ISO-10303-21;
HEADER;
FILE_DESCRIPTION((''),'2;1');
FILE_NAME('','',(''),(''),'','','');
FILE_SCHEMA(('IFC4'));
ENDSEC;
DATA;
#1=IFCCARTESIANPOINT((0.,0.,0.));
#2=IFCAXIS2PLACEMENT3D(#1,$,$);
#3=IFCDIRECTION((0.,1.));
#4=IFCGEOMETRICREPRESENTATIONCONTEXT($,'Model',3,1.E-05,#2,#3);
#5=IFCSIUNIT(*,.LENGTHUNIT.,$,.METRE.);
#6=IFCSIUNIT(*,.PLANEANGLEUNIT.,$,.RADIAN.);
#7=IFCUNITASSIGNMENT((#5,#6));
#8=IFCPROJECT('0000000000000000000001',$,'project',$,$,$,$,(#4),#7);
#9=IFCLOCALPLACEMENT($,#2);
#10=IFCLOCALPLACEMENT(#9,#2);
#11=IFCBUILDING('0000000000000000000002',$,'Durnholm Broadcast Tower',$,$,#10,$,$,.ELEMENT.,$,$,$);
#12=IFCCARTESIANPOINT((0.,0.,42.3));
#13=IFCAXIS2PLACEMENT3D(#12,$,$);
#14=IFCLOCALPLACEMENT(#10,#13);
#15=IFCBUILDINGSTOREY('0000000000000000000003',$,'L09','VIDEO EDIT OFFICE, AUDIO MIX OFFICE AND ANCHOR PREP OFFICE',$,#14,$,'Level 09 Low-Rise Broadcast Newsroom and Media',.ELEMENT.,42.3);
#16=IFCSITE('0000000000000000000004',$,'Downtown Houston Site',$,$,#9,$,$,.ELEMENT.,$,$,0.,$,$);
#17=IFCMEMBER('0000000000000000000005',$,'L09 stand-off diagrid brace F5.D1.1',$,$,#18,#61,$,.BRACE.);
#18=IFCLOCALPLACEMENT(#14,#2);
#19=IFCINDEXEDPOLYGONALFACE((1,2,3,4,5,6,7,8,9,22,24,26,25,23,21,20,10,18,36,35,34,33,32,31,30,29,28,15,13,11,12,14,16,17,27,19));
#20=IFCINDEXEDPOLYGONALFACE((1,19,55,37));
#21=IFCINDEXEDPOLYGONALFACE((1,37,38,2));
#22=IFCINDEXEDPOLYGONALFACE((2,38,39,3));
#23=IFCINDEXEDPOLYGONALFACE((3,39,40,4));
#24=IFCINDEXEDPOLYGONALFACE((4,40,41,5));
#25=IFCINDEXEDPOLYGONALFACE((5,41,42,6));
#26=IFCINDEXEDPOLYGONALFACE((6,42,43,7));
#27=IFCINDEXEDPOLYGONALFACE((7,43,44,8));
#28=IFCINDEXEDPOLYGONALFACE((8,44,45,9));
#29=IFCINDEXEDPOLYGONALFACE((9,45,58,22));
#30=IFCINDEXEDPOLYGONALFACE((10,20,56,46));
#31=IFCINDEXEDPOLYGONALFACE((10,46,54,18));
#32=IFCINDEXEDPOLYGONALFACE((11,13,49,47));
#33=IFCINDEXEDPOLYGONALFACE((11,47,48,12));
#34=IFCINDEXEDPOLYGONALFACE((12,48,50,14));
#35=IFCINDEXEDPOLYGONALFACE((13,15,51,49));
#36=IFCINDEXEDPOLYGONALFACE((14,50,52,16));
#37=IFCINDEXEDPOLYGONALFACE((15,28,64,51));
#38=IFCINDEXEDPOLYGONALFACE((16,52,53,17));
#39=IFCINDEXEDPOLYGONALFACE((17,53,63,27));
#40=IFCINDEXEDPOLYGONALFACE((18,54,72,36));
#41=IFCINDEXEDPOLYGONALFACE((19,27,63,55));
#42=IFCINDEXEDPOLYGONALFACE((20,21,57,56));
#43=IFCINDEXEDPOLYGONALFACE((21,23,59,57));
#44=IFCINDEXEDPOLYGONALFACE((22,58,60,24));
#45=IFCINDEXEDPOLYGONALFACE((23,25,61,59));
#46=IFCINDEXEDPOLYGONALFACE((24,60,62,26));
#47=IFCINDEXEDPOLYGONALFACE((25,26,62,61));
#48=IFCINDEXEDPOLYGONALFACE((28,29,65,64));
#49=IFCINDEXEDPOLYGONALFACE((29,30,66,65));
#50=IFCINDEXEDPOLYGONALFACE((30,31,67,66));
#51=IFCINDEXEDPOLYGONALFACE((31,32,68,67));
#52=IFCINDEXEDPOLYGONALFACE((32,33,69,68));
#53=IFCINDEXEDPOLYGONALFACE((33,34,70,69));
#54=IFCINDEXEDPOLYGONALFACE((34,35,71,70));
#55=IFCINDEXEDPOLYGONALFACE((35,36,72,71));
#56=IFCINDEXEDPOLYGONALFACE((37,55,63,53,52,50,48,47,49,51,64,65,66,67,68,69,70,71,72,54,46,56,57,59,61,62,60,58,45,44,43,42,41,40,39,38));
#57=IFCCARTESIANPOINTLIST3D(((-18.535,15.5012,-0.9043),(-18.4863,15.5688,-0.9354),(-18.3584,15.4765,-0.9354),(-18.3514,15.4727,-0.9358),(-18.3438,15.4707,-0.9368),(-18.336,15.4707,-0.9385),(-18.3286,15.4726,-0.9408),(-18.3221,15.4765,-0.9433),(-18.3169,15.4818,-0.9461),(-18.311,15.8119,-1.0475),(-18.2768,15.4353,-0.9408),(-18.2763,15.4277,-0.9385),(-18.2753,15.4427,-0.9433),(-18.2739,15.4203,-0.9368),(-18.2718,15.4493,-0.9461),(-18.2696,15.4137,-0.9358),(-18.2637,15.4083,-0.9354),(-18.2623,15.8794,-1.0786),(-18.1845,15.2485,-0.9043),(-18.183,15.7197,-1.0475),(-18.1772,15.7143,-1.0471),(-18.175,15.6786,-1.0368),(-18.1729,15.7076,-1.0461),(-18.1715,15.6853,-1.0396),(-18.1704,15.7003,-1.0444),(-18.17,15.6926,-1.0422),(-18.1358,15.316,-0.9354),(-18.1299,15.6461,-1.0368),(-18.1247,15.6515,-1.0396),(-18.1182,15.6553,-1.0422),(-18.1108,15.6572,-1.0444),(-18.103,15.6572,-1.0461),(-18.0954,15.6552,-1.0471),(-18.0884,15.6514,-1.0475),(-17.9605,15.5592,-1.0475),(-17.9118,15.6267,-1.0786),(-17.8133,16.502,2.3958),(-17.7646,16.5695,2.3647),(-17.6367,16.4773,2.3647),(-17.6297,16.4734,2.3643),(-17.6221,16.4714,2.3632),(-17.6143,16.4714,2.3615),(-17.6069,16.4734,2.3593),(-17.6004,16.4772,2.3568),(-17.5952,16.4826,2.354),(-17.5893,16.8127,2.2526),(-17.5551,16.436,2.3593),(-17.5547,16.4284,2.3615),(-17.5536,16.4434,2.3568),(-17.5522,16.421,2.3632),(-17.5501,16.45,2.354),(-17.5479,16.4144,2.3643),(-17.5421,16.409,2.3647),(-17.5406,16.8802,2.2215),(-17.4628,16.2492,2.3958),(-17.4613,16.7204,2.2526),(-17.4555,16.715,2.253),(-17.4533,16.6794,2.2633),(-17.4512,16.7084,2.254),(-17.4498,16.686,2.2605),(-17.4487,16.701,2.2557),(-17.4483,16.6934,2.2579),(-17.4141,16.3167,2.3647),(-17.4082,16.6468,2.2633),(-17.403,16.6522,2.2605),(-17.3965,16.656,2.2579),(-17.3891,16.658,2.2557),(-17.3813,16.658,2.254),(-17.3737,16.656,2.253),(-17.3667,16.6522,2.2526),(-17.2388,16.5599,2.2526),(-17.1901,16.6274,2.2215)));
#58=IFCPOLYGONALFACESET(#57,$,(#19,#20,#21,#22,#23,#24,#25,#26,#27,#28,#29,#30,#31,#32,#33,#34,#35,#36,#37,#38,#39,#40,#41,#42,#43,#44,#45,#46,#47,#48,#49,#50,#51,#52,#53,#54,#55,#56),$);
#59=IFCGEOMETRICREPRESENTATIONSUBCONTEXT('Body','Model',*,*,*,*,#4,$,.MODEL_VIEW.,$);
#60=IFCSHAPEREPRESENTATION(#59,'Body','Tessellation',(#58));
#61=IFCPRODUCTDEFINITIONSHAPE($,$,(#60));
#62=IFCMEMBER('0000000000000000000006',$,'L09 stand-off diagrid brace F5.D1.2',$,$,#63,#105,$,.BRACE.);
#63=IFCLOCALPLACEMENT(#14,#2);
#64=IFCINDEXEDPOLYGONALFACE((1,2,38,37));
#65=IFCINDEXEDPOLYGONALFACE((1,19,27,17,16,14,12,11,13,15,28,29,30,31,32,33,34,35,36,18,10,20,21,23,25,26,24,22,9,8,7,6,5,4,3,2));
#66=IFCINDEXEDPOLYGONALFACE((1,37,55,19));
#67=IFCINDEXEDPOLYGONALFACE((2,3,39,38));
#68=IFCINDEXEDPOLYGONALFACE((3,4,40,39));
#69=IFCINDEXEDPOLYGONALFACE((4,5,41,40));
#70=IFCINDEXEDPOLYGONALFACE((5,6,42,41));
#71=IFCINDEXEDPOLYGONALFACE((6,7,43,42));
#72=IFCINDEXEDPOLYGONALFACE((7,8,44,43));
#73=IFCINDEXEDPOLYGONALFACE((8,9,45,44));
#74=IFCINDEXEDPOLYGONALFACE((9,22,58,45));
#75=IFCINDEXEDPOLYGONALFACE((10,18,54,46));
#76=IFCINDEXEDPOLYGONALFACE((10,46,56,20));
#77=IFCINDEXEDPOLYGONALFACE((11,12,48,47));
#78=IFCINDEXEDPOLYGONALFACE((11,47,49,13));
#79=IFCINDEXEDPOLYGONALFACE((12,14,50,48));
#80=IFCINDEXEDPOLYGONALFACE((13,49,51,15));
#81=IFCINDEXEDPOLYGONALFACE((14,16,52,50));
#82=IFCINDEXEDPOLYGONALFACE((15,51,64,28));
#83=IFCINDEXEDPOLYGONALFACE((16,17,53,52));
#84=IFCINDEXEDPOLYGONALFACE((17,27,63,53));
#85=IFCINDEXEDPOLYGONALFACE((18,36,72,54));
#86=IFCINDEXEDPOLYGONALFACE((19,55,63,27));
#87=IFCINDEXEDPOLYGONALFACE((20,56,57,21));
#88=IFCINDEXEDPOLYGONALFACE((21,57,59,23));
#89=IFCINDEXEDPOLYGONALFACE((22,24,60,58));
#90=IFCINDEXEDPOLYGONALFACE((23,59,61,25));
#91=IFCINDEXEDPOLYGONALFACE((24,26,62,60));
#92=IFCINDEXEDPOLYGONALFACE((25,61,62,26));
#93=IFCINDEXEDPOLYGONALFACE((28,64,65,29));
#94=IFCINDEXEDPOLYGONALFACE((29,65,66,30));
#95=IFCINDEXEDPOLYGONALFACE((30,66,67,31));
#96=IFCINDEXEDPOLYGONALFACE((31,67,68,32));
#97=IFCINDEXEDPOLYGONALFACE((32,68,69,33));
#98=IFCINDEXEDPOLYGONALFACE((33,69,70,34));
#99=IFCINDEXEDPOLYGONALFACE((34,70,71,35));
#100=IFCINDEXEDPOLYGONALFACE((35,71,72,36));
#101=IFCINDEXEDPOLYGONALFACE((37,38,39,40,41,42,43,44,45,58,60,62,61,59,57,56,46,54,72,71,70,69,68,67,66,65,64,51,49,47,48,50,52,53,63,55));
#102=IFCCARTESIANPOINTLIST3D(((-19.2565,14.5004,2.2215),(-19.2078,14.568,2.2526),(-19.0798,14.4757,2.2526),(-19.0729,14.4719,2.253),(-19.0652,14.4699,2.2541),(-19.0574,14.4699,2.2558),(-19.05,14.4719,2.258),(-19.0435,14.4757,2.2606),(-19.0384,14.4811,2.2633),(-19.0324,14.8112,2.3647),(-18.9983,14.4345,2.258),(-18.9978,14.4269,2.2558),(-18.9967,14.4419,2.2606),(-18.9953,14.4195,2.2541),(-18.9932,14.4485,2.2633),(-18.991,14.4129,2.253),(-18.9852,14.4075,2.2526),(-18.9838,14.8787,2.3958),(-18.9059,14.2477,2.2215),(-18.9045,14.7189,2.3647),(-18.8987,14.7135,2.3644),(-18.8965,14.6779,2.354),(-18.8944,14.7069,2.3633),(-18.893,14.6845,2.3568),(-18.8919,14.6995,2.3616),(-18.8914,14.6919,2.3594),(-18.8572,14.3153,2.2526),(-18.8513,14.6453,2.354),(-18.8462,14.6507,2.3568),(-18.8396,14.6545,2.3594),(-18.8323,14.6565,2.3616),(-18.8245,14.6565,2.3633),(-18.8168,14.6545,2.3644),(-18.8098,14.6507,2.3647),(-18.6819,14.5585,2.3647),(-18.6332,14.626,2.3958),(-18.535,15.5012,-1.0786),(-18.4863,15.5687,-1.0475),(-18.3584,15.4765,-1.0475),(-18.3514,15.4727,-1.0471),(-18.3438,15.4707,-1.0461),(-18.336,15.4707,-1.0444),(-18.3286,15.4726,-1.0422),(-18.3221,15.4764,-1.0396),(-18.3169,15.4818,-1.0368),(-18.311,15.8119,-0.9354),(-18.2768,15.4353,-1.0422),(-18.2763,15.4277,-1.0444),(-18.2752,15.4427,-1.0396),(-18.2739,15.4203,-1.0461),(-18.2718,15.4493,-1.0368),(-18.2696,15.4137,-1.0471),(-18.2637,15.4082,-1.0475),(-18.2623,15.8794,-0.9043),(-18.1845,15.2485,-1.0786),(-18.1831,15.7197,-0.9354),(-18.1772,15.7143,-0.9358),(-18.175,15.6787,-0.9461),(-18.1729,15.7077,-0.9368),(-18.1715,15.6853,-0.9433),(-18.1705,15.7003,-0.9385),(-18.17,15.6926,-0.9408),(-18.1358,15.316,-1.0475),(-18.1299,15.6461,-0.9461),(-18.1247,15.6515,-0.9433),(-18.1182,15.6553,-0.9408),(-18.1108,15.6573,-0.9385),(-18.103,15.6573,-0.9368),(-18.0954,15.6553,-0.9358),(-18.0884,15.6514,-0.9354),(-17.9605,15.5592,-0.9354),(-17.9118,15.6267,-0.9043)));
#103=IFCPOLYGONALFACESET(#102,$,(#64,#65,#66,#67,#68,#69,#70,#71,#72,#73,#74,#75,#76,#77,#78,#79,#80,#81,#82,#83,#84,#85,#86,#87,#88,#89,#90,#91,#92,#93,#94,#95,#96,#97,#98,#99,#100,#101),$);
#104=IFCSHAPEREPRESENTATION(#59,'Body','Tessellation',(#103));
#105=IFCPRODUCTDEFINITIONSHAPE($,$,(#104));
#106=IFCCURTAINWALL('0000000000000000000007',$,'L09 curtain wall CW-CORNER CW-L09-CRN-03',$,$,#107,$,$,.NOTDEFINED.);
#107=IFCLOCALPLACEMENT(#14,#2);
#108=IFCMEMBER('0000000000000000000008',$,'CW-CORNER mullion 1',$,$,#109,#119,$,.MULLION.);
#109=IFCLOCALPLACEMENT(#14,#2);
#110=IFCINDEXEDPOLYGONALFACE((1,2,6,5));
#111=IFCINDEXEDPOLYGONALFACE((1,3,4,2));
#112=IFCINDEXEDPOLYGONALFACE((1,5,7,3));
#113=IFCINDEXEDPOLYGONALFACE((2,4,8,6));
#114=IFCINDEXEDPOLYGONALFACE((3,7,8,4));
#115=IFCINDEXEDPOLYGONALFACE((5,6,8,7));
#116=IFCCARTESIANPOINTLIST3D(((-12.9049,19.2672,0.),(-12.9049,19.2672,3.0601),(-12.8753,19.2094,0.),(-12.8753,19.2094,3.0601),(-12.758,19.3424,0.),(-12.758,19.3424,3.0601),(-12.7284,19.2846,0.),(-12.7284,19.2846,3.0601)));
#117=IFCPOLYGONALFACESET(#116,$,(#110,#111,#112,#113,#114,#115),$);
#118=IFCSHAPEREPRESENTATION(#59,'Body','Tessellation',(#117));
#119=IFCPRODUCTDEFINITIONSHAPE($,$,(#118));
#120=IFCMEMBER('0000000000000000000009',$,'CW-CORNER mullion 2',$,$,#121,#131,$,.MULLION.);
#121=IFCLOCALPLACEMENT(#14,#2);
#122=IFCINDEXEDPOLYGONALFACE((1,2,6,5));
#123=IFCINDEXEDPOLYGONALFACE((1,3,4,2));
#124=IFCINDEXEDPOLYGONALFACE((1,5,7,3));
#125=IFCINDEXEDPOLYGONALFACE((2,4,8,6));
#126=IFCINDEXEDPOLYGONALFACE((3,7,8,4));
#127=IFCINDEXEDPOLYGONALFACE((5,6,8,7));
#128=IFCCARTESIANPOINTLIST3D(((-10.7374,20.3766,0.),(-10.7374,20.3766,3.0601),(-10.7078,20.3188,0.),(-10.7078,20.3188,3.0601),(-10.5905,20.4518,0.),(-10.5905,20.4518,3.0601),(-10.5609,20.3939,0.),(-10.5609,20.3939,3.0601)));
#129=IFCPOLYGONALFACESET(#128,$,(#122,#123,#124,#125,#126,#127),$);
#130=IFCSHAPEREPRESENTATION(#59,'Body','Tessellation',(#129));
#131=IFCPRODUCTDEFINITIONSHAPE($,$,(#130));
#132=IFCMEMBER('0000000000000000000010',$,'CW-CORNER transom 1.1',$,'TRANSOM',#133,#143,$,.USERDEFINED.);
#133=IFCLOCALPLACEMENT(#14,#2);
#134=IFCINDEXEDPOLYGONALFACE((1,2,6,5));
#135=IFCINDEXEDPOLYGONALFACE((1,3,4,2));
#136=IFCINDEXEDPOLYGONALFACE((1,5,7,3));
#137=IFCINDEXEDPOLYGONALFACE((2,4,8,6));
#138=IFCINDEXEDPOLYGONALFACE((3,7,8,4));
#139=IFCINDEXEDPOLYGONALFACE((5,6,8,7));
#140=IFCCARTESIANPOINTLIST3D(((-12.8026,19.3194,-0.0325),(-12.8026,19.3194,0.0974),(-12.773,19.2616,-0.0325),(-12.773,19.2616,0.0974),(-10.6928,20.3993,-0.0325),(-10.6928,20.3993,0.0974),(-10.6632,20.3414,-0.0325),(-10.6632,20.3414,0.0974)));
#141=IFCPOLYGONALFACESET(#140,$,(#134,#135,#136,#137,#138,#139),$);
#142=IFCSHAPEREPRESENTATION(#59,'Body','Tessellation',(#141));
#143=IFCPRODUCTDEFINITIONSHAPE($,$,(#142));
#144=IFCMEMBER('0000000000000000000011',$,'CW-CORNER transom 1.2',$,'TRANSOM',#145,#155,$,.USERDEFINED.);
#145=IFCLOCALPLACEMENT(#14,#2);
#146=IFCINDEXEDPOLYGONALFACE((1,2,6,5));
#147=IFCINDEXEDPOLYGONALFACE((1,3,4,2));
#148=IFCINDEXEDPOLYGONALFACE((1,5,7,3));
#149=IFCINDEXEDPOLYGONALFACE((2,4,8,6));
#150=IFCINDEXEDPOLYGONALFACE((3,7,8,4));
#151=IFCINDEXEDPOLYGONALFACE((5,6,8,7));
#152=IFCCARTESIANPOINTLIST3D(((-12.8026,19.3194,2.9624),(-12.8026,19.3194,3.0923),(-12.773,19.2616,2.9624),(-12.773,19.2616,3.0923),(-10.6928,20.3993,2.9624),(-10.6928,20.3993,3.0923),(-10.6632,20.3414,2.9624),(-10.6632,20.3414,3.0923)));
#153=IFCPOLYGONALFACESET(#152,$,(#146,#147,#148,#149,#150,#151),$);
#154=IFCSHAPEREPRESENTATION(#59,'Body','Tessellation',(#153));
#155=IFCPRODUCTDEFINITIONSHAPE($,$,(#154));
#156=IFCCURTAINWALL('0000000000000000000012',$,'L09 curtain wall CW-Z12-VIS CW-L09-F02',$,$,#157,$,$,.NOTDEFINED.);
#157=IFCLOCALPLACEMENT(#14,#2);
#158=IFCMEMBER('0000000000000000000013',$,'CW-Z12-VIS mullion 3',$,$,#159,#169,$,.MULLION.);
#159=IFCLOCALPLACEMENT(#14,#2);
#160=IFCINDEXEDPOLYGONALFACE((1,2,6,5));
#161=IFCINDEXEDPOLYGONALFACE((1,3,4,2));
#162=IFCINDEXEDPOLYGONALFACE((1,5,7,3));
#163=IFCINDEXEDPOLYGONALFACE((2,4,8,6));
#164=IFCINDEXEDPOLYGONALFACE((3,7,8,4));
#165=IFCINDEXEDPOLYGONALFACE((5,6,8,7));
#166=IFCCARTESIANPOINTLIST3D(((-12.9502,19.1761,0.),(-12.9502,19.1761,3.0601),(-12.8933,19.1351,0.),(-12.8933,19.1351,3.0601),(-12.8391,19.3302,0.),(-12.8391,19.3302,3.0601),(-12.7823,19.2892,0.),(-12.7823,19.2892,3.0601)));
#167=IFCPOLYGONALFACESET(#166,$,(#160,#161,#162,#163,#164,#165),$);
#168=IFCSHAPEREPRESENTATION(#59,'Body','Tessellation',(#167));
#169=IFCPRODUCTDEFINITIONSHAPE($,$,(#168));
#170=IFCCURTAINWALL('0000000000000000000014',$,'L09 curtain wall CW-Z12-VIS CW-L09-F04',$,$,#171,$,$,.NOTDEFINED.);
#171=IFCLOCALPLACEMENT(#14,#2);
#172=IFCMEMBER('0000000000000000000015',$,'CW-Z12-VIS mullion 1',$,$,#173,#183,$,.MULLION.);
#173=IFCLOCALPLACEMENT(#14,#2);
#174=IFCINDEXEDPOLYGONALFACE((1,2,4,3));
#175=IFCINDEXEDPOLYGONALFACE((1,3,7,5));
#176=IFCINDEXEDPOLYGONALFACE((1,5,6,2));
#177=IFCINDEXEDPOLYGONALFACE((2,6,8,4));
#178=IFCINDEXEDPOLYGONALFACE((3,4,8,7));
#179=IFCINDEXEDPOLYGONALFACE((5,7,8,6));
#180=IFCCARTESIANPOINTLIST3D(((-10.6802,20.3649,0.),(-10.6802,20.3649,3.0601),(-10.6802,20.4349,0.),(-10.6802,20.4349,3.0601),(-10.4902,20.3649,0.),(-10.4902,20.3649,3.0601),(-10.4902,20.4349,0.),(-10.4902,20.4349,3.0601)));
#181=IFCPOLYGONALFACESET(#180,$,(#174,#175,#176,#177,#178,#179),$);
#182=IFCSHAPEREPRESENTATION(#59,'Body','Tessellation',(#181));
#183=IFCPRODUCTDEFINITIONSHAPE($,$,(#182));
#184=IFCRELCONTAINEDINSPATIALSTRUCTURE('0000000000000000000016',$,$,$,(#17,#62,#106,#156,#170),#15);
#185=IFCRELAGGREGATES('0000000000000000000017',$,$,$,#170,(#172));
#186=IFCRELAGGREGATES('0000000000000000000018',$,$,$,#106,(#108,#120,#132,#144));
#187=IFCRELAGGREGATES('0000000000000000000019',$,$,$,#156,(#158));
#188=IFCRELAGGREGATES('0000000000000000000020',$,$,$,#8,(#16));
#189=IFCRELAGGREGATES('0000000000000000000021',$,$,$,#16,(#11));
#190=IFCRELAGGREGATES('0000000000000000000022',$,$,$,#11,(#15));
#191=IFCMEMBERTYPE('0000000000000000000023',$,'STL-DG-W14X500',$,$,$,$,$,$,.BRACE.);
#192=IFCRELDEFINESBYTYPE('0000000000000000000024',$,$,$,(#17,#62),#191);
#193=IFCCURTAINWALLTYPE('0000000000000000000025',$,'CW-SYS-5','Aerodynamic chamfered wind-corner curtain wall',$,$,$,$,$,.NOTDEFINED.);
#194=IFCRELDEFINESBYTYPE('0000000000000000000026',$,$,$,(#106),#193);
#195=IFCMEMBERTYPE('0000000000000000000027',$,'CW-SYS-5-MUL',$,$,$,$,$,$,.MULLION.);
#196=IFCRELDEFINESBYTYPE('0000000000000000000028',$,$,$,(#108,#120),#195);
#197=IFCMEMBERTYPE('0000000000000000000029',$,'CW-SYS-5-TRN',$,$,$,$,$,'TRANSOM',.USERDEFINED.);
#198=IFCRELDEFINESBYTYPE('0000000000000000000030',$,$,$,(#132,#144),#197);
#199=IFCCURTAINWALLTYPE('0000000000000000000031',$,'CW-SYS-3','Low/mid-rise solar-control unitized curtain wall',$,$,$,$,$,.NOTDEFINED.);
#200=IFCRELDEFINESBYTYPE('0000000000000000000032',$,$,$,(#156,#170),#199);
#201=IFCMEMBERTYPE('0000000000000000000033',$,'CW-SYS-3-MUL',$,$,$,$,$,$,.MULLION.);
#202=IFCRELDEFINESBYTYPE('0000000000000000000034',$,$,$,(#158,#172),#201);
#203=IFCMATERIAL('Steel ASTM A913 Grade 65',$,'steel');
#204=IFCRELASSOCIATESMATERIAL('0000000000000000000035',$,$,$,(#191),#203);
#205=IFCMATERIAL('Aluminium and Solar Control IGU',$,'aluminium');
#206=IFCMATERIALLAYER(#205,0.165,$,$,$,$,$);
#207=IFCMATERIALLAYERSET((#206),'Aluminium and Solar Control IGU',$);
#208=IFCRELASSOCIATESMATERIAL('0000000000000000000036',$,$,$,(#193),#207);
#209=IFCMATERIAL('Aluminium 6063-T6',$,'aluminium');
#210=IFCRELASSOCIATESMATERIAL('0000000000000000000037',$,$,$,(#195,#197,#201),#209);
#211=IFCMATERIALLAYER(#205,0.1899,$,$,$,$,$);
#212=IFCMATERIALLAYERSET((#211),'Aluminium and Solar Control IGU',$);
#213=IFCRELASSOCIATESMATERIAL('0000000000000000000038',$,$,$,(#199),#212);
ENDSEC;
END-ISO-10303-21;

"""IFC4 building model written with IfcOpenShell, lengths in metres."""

from ifc_helpers import new_model, si_unit, direction, frame, origin, origin_2d, place, context, subcontext, project, spatial, rectangle, i_section, extrude, source, transform, mapped, material, layer, layer_set, material_profile, profile_set, type_object, type_shapes, element, aggregate, save


model = new_model("IFC4")

# Units and contexts
model_context = context("Model", 3, precision=1e-05, world=origin(), true_north=direction((0.0, 1.0)))
body_context = subcontext(model_context, "Body", "Model", "MODEL_VIEW")
ifc_project = project(units=[si_unit("LENGTHUNIT", "METRE"), si_unit("PLANEANGLEUNIT", "RADIAN")], contexts=[model_context])

# Site, building, storey
site_placement = place(None, origin())
site = spatial("IfcSite", under=ifc_project, at=site_placement, Name="Downtown Houston Site", CompositionType="ELEMENT", RefElevation=0.0)
building_placement = place(site_placement, origin())
building = spatial("IfcBuilding", under=site, at=building_placement, Name="Durnholm Broadcast Tower", CompositionType="ELEMENT")
storey_placement = place(building_placement, frame((0.0, 0.0, 42.3)))
storey = spatial("IfcBuildingStorey", under=building, at=storey_placement, Name="L09", Description="VIDEO EDIT OFFICE, AUDIO MIX OFFICE AND ANCHOR PREP OFFICE", LongName="Level 09 Low-Rise Broadcast Newsroom and Media", CompositionType="ELEMENT", Elevation=42.3)

# Members
ifc_material_1 = material(Name="Steel ASTM A913 Grade 65", Category="steel")
ifc_material_profile_1 = material_profile(ifc_material_1, i_section(OverallWidth=0.4321, OverallDepth=0.4978, WebThickness=0.0557, FlangeThickness=0.0889, FilletRadius=0.0305, at=origin_2d()), Name="W14X500")
ifc_profile_set_1 = profile_set([ifc_material_profile_1], Name="Steel ASTM A913 Grade 65")
member_type_1 = type_object("IfcMemberType", Name="STL-DG-W14X500", PredefinedType="BRACE", material=ifc_profile_set_1)
shared_shape_1 = source(origin(), body_context, "Body", "SweptSolid", [
    extrude(i_section(OverallWidth=0.4321, OverallDepth=0.4978, WebThickness=0.0557, FlangeThickness=0.0889, FilletRadius=0.0305, at=origin_2d()), origin(), (0.0, 0.0, 1.0), 3.5232),
])
type_shapes(member_type_1, [shared_shape_1])
for number, where, z_axis, x_axis, name in (
    (1, (-18.2234, 15.564, -0.9915), (0.204839, 0.284045, 0.936675), (-0.811091, 0.58492, 0.0), "L09 stand-off diagrid brace F5.D1.1"),
    (2, (-18.2234, 15.564, -0.9915), (-0.204773, -0.284049, 0.936688), (0.811185, -0.584789, 0.0), "L09 stand-off diagrid brace F5.D1.2"),
):
    element("IfcMember", number, at=place(storey_placement, frame(where, z_axis=z_axis, x_axis=x_axis)), inside=storey, type_object=member_type_1, Name=name, PredefinedType="BRACE", context=body_context, shape_type="MappedRepresentation", body=[
        mapped(shared_shape_1, transform((0.0, 0.0, 0.0), x_axis=(1.0, 0.0, 0.0), y_axis=(0.0, 1.0, 0.0), z_axis=(0.0, 0.0, 1.0), scale=1.0)),
    ])

# Curtain wall, members
ifc_material_2 = material(Name="Aluminium and Solar Control IGU", Category="aluminium")
ifc_layer_1 = layer(ifc_material_2, 0.165)
ifc_layer_set_1 = layer_set([ifc_layer_1], Name="Aluminium and Solar Control IGU")
curtain_wall_type_1 = type_object("IfcCurtainWallType", Name="CW-SYS-5", Description="Aerodynamic chamfered wind-corner curtain wall", PredefinedType="NOTDEFINED", material=ifc_layer_set_1)
curtain_wall_1_placement = place(storey_placement, origin())
curtain_wall_1 = element("IfcCurtainWall", 3, at=curtain_wall_1_placement, inside=storey, type_object=curtain_wall_type_1, Name="L09 curtain wall CW-CORNER CW-L09-CRN-03", PredefinedType="NOTDEFINED")
ifc_material_3 = material(Name="Aluminium 6063-T6", Category="aluminium")
ifc_material_profile_2 = material_profile(ifc_material_3, rectangle(XDim=0.0649, YDim=0.165, at=origin_2d()), Name="CWM65X165")
ifc_profile_set_2 = profile_set([ifc_material_profile_2], Name="Aluminium 6063-T6")
member_type_2 = type_object("IfcMemberType", Name="CW-SYS-5-MUL", PredefinedType="MULLION", material=ifc_profile_set_2)
shared_shape_2 = source(origin(), body_context, "Body", "SweptSolid", [
    extrude(rectangle(XDim=0.0649, YDim=0.165, at=origin_2d()), origin(), (0.0, 0.0, 1.0), 3.0601),
])
type_shapes(member_type_2, [shared_shape_2])
member_1_placement = place(storey_placement, frame((-12.8167, 19.2759, 0.0), z_axis=(0.0, 0.0, 1.0), x_axis=(-0.455594, 0.890188, 0.0)))
member_1 = element("IfcMember", 4, at=member_1_placement, type_object=member_type_2, Name="CW-CORNER mullion 1", PredefinedType="MULLION", context=body_context, shape_type="MappedRepresentation", body=[
    mapped(shared_shape_2, transform((0.0, 0.0, 0.0), x_axis=(1.0, 0.0, 0.0), y_axis=(0.0, 1.0, 0.0), z_axis=(0.0, 0.0, 1.0), scale=1.0)),
])
member_2_placement = place(storey_placement, frame((-10.6492, 20.3853, 0.0), z_axis=(0.0, 0.0, 1.0), x_axis=(-0.455594, 0.890188, 0.0)))
member_2 = element("IfcMember", 5, at=member_2_placement, type_object=member_type_2, Name="CW-CORNER mullion 2", PredefinedType="MULLION", context=body_context, shape_type="MappedRepresentation", body=[
    mapped(shared_shape_2, transform((0.0, 0.0, 0.0), x_axis=(1.0, 0.0, 0.0), y_axis=(0.0, 1.0, 0.0), z_axis=(0.0, 0.0, 1.0), scale=1.0)),
])
ifc_material_profile_3 = material_profile(ifc_material_3, rectangle(XDim=0.0649, YDim=0.1299, at=origin_2d()), Name="CWT65X130")
ifc_profile_set_3 = profile_set([ifc_material_profile_3], Name="Aluminium 6063-T6")
member_type_3 = type_object("IfcMemberType", Name="CW-SYS-5-TRN", ElementType="TRANSOM", PredefinedType="USERDEFINED", material=ifc_profile_set_3)
shared_shape_3 = source(origin(), body_context, "Body", "SweptSolid", [
    extrude(rectangle(XDim=0.0649, YDim=0.1299, at=origin_2d()), origin(), (0.0, 0.0, 1.0), 2.3701),
])
type_shapes(member_type_3, [shared_shape_3])
member_3_placement = place(storey_placement, frame((-12.7878, 19.2905, 0.0325), z_axis=(0.890185, 0.455599, 0.0), x_axis=(-0.455599, 0.890185, 0.0)))
member_3 = element("IfcMember", 6, at=member_3_placement, type_object=member_type_3, Name="CW-CORNER transom 1.1", ObjectType="TRANSOM", PredefinedType="USERDEFINED", context=body_context, shape_type="MappedRepresentation", body=[
    mapped(shared_shape_3, transform((0.0, 0.0, 0.0), x_axis=(1.0, 0.0, 0.0), y_axis=(0.0, 1.0, 0.0), z_axis=(0.0, 0.0, 1.0), scale=1.0)),
])
member_4_placement = place(storey_placement, frame((-12.7878, 19.2905, 3.0273), z_axis=(0.890185, 0.455599, 0.0), x_axis=(-0.455599, 0.890185, 0.0)))
member_4 = element("IfcMember", 7, at=member_4_placement, type_object=member_type_3, Name="CW-CORNER transom 1.2", ObjectType="TRANSOM", PredefinedType="USERDEFINED", context=body_context, shape_type="MappedRepresentation", body=[
    mapped(shared_shape_3, transform((0.0, 0.0, 0.0), x_axis=(1.0, 0.0, 0.0), y_axis=(0.0, 1.0, 0.0), z_axis=(0.0, 0.0, 1.0), scale=1.0)),
])

# Curtain wall, member
ifc_layer_2 = layer(ifc_material_2, 0.1899)
ifc_layer_set_2 = layer_set([ifc_layer_2], Name="Aluminium and Solar Control IGU")
curtain_wall_type_2 = type_object("IfcCurtainWallType", Name="CW-SYS-3", Description="Low/mid-rise solar-control unitized curtain wall", PredefinedType="NOTDEFINED", material=ifc_layer_set_2)
curtain_wall_2_placement = place(storey_placement, origin())
curtain_wall_2 = element("IfcCurtainWall", 8, at=curtain_wall_2_placement, inside=storey, type_object=curtain_wall_type_2, Name="L09 curtain wall CW-Z12-VIS CW-L09-F02", PredefinedType="NOTDEFINED")
ifc_material_profile_4 = material_profile(ifc_material_3, rectangle(XDim=0.0701, YDim=0.1899, at=origin_2d()), Name="CWM70X190")
ifc_profile_set_4 = profile_set([ifc_material_profile_4], Name="Aluminium 6063-T6")
member_type_4 = type_object("IfcMemberType", Name="CW-SYS-3-MUL", PredefinedType="MULLION", material=ifc_profile_set_4)
shared_shape_4 = source(origin(), body_context, "Body", "SweptSolid", [
    extrude(rectangle(XDim=0.0701, YDim=0.1899, at=origin_2d()), origin(), (0.0, 0.0, 1.0), 3.0601),
])
type_shapes(member_type_4, [shared_shape_4])
member_5_placement = place(storey_placement, frame((-12.8662, 19.2327, 0.0), z_axis=(0.0, 0.0, 1.0), x_axis=(-0.811161, 0.584823, 0.0)))
member_5 = element("IfcMember", 9, at=member_5_placement, type_object=member_type_4, Name="CW-Z12-VIS mullion 3", PredefinedType="MULLION", context=body_context, shape_type="MappedRepresentation", body=[
    mapped(shared_shape_4, transform((0.0, 0.0, 0.0), x_axis=(1.0, 0.0, 0.0), y_axis=(0.0, 1.0, 0.0), z_axis=(0.0, 0.0, 1.0), scale=1.0)),
])

# Curtain wall, member
curtain_wall_3_placement = place(storey_placement, origin())
curtain_wall_3 = element("IfcCurtainWall", 10, at=curtain_wall_3_placement, inside=storey, type_object=curtain_wall_type_2, Name="L09 curtain wall CW-Z12-VIS CW-L09-F04", PredefinedType="NOTDEFINED")
member_6_placement = place(storey_placement, frame((-10.5852, 20.3999, 0.0), z_axis=(0.0, 0.0, 1.0), x_axis=(0.0, 1.0, 0.0)))
member_6 = element("IfcMember", 11, at=member_6_placement, type_object=member_type_4, Name="CW-Z12-VIS mullion 1", PredefinedType="MULLION", context=body_context, shape_type="MappedRepresentation", body=[
    mapped(shared_shape_4, transform((0.0, 0.0, 0.0), x_axis=(1.0, 0.0, 0.0), y_axis=(0.0, 1.0, 0.0), z_axis=(0.0, 0.0, 1.0), scale=1.0)),
])
aggregate(curtain_wall_3, [member_6])

aggregate(curtain_wall_1, [member_1, member_2, member_3, member_4])
aggregate(curtain_wall_2, [member_5])

save(model, "model.ifc")
